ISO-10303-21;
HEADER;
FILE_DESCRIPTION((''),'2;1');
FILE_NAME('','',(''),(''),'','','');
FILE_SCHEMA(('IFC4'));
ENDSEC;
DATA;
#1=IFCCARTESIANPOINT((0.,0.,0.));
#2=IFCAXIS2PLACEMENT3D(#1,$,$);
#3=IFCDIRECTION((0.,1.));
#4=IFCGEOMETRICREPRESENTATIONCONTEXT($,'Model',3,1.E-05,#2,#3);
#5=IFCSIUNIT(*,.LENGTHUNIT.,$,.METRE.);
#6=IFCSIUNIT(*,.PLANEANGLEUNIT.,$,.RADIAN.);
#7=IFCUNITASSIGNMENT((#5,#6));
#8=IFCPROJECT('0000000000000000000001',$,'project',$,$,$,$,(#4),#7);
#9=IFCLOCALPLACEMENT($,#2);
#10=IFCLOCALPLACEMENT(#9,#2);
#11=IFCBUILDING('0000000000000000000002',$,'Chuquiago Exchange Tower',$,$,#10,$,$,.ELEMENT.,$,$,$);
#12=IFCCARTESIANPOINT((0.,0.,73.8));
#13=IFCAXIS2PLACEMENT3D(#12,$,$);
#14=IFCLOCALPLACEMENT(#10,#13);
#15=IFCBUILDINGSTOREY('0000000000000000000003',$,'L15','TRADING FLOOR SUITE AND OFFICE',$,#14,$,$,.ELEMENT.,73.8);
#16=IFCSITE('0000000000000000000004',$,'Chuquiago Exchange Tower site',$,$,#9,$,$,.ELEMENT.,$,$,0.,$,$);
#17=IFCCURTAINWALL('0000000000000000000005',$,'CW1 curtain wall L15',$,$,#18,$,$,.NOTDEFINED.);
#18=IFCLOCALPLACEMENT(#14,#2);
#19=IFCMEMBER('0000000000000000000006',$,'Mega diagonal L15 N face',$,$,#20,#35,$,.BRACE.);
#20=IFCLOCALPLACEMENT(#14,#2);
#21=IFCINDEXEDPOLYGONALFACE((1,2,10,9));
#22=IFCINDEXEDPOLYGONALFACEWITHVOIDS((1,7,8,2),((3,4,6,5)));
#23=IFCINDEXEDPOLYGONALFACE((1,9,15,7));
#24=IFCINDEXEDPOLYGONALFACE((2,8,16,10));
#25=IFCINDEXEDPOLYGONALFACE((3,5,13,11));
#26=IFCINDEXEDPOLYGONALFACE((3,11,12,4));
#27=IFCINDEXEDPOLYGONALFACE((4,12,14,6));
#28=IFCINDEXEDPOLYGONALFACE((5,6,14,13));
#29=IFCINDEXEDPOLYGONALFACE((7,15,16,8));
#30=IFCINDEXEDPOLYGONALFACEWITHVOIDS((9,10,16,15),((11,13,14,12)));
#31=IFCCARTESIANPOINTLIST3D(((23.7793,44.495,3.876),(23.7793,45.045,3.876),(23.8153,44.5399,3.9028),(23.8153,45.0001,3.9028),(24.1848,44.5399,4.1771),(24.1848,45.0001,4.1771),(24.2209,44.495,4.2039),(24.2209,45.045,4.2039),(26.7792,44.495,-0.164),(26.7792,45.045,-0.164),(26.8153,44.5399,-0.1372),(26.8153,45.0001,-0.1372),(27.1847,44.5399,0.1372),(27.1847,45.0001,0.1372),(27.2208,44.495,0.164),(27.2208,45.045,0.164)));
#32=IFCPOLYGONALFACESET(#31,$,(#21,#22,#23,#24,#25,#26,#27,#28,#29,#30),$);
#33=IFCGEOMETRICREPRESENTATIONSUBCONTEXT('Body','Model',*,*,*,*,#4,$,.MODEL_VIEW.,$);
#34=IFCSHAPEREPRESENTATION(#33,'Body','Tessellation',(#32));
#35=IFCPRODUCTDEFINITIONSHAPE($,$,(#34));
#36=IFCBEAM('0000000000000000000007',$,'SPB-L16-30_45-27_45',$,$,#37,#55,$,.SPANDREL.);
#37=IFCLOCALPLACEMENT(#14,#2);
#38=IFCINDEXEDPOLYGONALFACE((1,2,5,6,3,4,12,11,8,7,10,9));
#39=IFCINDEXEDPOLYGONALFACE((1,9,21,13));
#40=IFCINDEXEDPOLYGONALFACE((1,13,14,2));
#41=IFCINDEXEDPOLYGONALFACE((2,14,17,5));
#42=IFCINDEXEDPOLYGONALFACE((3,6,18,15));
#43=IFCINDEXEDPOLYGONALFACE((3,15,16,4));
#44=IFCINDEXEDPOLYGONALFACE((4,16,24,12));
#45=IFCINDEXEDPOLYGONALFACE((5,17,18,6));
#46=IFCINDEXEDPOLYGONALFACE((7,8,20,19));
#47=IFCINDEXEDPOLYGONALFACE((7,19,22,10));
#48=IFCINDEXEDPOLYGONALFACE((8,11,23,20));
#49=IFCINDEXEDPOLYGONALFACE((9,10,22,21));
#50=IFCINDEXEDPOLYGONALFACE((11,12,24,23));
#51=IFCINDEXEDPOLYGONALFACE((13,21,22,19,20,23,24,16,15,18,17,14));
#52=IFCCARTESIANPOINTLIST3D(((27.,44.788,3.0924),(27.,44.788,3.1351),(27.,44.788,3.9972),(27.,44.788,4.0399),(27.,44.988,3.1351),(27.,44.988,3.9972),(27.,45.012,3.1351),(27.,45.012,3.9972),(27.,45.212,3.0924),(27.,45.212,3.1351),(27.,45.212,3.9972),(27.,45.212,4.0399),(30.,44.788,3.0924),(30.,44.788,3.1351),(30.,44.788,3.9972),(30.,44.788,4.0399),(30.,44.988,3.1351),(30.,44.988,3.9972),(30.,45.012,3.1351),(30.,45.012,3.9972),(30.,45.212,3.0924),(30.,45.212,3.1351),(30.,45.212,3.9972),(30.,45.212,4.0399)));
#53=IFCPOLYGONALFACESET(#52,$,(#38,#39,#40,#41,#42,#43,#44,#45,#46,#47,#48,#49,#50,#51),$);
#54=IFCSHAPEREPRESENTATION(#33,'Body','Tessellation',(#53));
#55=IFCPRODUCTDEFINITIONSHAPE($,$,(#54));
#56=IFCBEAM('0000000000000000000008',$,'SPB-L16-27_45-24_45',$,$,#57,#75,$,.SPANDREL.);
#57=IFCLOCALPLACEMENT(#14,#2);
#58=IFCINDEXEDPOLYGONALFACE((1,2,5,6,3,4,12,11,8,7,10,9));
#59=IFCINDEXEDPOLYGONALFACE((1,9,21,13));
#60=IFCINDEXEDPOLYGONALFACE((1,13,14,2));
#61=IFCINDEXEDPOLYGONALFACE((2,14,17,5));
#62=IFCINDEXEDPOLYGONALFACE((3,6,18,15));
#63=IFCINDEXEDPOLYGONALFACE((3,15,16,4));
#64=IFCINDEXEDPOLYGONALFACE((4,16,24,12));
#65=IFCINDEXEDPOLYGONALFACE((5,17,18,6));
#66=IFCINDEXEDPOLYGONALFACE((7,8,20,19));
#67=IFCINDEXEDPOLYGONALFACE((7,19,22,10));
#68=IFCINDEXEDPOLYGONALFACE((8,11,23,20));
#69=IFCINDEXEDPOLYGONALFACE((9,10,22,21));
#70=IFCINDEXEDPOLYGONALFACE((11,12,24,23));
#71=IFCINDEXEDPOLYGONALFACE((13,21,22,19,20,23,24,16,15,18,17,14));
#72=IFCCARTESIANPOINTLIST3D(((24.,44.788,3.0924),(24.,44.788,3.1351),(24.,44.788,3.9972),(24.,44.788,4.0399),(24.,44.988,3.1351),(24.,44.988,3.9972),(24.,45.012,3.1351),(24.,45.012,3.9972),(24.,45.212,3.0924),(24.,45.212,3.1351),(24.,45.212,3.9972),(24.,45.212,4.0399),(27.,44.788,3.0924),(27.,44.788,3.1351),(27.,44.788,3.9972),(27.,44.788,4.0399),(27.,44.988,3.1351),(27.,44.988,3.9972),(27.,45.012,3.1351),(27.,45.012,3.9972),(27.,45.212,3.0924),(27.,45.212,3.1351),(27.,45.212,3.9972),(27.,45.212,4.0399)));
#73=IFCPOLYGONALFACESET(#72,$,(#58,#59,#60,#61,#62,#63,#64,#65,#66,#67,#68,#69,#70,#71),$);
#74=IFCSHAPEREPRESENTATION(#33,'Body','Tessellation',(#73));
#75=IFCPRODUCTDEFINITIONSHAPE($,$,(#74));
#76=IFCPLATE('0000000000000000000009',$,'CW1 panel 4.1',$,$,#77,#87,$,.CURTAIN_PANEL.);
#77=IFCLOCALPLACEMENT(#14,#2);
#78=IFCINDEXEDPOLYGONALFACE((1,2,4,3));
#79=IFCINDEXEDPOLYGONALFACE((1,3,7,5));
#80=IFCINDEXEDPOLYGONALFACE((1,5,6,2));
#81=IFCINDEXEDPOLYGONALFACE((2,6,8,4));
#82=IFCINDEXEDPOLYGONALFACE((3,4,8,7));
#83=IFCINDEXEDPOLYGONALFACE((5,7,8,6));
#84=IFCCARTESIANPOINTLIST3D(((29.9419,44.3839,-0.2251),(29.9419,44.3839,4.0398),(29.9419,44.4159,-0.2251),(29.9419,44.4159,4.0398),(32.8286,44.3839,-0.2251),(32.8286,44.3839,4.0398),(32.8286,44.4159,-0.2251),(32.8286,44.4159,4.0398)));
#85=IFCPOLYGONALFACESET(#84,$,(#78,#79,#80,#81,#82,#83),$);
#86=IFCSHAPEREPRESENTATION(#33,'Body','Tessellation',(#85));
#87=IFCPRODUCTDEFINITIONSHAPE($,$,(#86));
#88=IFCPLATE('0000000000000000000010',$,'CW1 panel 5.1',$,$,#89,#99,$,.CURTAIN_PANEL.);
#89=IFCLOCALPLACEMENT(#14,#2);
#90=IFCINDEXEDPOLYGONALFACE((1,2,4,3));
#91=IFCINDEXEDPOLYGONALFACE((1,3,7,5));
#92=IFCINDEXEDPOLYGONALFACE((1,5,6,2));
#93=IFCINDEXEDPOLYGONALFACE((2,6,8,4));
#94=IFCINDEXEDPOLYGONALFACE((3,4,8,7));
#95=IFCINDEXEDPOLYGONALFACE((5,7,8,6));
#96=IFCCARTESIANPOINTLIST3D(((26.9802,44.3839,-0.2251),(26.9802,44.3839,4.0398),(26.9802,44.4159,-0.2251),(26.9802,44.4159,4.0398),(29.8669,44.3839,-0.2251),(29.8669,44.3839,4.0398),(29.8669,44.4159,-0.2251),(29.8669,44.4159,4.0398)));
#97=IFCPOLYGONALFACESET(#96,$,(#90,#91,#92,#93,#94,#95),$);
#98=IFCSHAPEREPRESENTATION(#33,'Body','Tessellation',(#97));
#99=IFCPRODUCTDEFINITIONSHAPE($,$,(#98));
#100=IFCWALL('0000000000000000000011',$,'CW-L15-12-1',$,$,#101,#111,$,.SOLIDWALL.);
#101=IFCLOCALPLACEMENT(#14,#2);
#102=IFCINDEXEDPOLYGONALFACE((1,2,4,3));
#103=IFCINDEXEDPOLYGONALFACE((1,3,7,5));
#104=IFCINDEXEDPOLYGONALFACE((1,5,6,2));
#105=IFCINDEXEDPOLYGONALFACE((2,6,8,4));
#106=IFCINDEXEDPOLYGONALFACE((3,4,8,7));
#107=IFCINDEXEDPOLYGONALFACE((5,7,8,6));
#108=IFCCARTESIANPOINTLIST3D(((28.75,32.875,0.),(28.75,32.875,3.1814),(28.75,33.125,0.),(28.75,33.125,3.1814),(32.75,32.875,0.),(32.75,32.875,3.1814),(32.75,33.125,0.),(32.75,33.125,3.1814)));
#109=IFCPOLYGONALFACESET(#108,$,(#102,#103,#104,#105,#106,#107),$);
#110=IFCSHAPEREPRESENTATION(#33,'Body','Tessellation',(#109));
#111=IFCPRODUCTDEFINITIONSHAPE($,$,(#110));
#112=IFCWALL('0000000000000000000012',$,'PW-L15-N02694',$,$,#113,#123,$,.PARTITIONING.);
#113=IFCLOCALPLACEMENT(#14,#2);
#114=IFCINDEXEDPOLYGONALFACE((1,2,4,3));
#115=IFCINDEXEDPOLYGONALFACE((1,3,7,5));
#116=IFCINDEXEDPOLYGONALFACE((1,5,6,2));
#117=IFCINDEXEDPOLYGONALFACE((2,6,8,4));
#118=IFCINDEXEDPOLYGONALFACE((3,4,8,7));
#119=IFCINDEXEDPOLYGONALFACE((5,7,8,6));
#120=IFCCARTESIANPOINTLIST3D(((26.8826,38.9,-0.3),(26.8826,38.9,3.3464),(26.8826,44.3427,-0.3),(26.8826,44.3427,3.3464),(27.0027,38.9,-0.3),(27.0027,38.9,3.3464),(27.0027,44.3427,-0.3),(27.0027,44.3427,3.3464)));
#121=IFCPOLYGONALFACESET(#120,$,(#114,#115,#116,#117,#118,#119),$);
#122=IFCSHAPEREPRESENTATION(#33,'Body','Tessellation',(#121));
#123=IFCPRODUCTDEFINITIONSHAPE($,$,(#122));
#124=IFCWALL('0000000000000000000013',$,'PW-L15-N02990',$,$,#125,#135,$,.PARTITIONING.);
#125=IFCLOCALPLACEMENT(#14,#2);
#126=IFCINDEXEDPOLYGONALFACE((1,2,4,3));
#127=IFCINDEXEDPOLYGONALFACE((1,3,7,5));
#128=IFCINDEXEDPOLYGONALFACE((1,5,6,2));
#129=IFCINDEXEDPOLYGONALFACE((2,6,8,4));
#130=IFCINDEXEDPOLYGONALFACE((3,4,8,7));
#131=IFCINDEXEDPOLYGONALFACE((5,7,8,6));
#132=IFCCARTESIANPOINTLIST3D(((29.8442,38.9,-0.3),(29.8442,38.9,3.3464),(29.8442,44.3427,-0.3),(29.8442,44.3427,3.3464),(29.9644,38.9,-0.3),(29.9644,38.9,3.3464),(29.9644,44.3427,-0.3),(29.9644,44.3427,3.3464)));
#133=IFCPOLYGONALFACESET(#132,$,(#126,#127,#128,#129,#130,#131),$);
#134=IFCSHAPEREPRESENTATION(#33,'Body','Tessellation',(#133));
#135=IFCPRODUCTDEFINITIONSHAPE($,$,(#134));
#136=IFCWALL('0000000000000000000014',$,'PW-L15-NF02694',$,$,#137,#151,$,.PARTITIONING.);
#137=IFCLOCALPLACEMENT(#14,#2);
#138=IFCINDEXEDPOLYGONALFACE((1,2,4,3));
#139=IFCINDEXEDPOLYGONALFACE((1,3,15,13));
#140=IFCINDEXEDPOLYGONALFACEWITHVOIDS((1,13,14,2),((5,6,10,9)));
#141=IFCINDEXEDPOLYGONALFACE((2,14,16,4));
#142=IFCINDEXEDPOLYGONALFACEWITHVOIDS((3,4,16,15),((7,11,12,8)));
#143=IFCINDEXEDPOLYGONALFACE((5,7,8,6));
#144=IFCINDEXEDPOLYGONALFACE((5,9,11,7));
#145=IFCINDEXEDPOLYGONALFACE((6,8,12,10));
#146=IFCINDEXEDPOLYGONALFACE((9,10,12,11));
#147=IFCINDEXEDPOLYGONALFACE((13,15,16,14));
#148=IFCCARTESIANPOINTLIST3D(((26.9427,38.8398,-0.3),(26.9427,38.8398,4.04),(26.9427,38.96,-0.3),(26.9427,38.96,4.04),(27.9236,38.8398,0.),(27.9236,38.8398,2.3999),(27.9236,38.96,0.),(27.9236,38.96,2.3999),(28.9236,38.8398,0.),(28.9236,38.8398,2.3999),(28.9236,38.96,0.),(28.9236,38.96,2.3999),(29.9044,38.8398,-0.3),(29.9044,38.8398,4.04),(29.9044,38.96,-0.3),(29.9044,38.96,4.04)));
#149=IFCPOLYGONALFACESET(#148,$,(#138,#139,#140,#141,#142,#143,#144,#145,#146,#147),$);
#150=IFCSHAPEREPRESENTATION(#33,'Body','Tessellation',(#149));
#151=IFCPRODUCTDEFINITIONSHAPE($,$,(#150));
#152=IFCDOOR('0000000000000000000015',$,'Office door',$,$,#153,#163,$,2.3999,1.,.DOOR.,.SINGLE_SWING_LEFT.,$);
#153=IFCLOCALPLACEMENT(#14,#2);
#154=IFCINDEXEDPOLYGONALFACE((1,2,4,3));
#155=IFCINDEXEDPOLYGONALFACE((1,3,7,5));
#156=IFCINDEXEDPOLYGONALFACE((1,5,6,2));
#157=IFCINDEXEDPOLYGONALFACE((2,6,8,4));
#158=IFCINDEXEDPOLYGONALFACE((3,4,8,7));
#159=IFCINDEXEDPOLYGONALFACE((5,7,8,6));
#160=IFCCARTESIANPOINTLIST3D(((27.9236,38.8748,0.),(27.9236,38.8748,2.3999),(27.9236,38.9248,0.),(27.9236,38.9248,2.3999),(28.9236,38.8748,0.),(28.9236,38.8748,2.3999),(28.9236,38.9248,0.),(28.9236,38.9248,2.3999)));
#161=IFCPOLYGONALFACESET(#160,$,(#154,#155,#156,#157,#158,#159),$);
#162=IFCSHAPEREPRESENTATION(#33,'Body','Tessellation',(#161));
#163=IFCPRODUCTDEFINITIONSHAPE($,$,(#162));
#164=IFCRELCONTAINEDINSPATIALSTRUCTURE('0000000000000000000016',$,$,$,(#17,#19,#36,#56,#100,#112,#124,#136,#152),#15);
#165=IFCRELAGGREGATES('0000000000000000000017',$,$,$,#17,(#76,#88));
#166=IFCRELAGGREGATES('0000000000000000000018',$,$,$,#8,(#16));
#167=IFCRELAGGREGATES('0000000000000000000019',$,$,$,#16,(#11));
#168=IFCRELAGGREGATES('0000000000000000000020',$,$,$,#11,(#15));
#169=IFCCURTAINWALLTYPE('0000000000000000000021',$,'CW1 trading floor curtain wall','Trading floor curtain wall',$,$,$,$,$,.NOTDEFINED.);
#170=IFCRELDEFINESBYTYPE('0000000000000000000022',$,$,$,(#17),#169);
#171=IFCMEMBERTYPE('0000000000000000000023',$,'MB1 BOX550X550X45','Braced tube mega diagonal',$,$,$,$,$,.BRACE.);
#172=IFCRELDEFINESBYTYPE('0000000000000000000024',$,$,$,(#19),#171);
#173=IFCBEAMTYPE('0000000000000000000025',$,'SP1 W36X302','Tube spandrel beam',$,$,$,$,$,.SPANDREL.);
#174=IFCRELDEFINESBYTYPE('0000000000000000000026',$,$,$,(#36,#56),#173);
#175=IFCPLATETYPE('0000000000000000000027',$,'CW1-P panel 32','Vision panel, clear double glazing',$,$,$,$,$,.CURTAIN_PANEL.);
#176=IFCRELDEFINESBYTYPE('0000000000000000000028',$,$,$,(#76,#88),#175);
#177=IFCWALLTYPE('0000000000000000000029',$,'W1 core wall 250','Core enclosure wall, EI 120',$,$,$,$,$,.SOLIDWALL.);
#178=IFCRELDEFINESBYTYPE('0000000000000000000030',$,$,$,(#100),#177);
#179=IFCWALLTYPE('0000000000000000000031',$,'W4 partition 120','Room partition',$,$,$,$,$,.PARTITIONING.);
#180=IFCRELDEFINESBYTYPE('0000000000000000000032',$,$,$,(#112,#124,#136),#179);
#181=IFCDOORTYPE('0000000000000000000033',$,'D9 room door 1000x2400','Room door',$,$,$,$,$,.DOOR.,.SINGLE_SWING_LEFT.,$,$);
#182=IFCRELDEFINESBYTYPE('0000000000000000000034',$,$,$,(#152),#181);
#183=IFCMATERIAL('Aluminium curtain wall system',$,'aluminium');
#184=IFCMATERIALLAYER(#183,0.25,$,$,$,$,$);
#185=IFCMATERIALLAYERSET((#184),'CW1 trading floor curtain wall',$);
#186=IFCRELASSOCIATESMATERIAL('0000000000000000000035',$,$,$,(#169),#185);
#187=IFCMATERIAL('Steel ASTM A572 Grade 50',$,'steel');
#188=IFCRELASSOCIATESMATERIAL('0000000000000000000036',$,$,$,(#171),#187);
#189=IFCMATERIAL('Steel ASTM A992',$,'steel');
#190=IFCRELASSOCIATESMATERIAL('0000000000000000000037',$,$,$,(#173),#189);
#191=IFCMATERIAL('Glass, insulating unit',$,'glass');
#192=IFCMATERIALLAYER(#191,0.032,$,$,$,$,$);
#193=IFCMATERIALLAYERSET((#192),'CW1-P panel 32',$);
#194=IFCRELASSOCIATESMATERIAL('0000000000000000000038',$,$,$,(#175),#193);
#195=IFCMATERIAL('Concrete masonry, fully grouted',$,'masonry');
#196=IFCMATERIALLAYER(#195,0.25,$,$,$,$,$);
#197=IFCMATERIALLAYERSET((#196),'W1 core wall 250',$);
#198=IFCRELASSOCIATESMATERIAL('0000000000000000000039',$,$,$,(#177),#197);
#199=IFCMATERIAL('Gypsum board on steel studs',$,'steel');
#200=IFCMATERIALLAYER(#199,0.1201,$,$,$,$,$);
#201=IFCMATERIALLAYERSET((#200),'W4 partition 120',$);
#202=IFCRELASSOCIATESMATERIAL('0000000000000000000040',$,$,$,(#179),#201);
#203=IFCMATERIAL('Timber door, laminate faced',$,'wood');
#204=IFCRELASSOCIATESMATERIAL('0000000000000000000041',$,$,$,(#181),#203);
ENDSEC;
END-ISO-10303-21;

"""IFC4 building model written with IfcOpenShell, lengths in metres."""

from ifc_helpers import new_model, si_unit, direction, frame, frame_2d, origin, origin_2d, place, context, subcontext, project, spatial, rectangle, hollow_rectangle, i_section, extrude, material, layer, layer_set, material_profile, profile_set, type_object, element, fill, aggregate, save


model = new_model("IFC4")

# Units and contexts
model_context = context("Model", 3, precision=1e-05, world=origin(), true_north=direction((0.0, 1.0)))
body_context = subcontext(model_context, "Body", "Model", "MODEL_VIEW")
ifc_project = project(units=[si_unit("LENGTHUNIT", "METRE"), si_unit("PLANEANGLEUNIT", "RADIAN")], contexts=[model_context])

# Site, building, storey
site_placement = place(None, origin())
site = spatial("IfcSite", under=ifc_project, at=site_placement, Name="Chuquiago Exchange Tower site", CompositionType="ELEMENT", RefElevation=0.0)
building_placement = place(site_placement, origin())
building = spatial("IfcBuilding", under=site, at=building_placement, Name="Chuquiago Exchange Tower", CompositionType="ELEMENT")
storey_placement = place(building_placement, frame((0.0, 0.0, 73.8)))
storey = spatial("IfcBuildingStorey", under=building, at=storey_placement, Name="L15", Description="TRADING FLOOR SUITE AND OFFICE", CompositionType="ELEMENT", Elevation=73.8)

# Curtain wall
ifc_material_1 = material(Name="Aluminium curtain wall system", Category="aluminium")
ifc_layer_1 = layer(ifc_material_1, 0.25)
ifc_layer_set_1 = layer_set([ifc_layer_1], Name="CW1 trading floor curtain wall")
curtain_wall_type = type_object("IfcCurtainWallType", Name="CW1 trading floor curtain wall", Description="Trading floor curtain wall", PredefinedType="NOTDEFINED", material=ifc_layer_set_1)
curtain_wall_placement = place(storey_placement, origin())
curtain_wall = element("IfcCurtainWall", 1, at=curtain_wall_placement, inside=storey, type_object=curtain_wall_type, Name="CW1 curtain wall L15", PredefinedType="NOTDEFINED")

# Member
ifc_material_2 = material(Name="Steel ASTM A572 Grade 50", Category="steel")
ifc_material_profile_1 = material_profile(ifc_material_2, hollow_rectangle(XDim=0.55, YDim=0.55, WallThickness=0.0449, at=origin_2d()), Name="BOX550X550X45")
ifc_profile_set_1 = profile_set([ifc_material_profile_1], Name="Steel ASTM A572 Grade 50")
member_type_1 = type_object("IfcMemberType", Name="MB1 BOX550X550X45", Description="Braced tube mega diagonal", PredefinedType="BRACE", material=ifc_profile_set_1)
member_1_placement = place(storey_placement, frame((27.0, 44.77, 0.0), z_axis=(-0.596174, 0.0, 0.802855), x_axis=(0.0, -1.0, 0.0)))
element("IfcMember", 2, at=member_1_placement, inside=storey, type_object=member_type_1, Name="Mega diagonal L15 N face", PredefinedType="BRACE", context=body_context, shape_type="SweptSolid", body=[
    extrude(hollow_rectangle(XDim=0.55, YDim=0.55, WallThickness=0.0449, at=origin_2d()), origin(), (0.0, 0.0, 1.0), 5.032),
])

# Beams
ifc_material_3 = material(Name="Steel ASTM A992", Category="steel")
ifc_material_profile_2 = material_profile(ifc_material_3, i_section(OverallWidth=0.4241, OverallDepth=0.9475, WebThickness=0.0239, FlangeThickness=0.0427, at=origin_2d()), Name="W36X302")
ifc_profile_set_2 = profile_set([ifc_material_profile_2], Name="Steel ASTM A992")
beam_type_1 = type_object("IfcBeamType", Name="SP1 W36X302", Description="Tube spandrel beam", PredefinedType="SPANDREL", material=ifc_profile_set_2)
for number, where, z_axis, x_axis, name in (
    (3, (30.0, 45.0, 3.5662), (-1.0, 0.0, 0.0), (0.0, -1.0, 0.0), "SPB-L16-30_45-27_45"),
    (4, (27.0, 45.0, 3.5662), (-1.0, 0.0, 0.0), (0.0, -1.0, 0.0), "SPB-L16-27_45-24_45"),
):
    element("IfcBeam", number, at=place(storey_placement, frame(where, z_axis=z_axis, x_axis=x_axis)), inside=storey, type_object=beam_type_1, Name=name, PredefinedType="SPANDREL", context=body_context, shape_type="SweptSolid", body=[
        extrude(i_section(OverallWidth=0.4241, OverallDepth=0.9475, WebThickness=0.0239, FlangeThickness=0.0427, at=origin_2d()), origin(), (0.0, 0.0, 1.0), 3.0),
    ])

# Plates
ifc_material_4 = material(Name="Glass, insulating unit", Category="glass")
ifc_layer_2 = layer(ifc_material_4, 0.032)
ifc_layer_set_2 = layer_set([ifc_layer_2], Name="CW1-P panel 32")
plate_type = type_object("IfcPlateType", Name="CW1-P panel 32", Description="Vision panel, clear double glazing", PredefinedType="CURTAIN_PANEL", material=ifc_layer_set_2)
plate_1_placement = place(storey_placement, frame((31.3853, 44.3999, -0.2251), z_axis=(0.0, 0.0, 1.0), x_axis=(-1.0, 0.0, 0.0)))
plate_1 = element("IfcPlate", 5, at=plate_1_placement, type_object=plate_type, Name="CW1 panel 4.1", PredefinedType="CURTAIN_PANEL", context=body_context, shape_type="SweptSolid", body=[
    extrude(rectangle(XDim=2.8867, YDim=0.032, at=origin_2d()), origin(), (0.0, 0.0, 1.0), 4.2649),
])
plate_2_placement = place(storey_placement, frame((28.4236, 44.3999, -0.2251), z_axis=(0.0, 0.0, 1.0), x_axis=(-1.0, 0.0, 0.0)))
plate_2 = element("IfcPlate", 6, at=plate_2_placement, type_object=plate_type, Name="CW1 panel 5.1", PredefinedType="CURTAIN_PANEL", context=body_context, shape_type="SweptSolid", body=[
    extrude(rectangle(XDim=2.8867, YDim=0.032, at=origin_2d()), origin(), (0.0, 0.0, 1.0), 4.2649),
])
aggregate(curtain_wall, [plate_1, plate_2])

# Walls
ifc_material_5 = material(Name="Concrete masonry, fully grouted", Category="masonry")
ifc_layer_3 = layer(ifc_material_5, 0.25)
ifc_layer_set_3 = layer_set([ifc_layer_3], Name="W1 core wall 250")
wall_type_1 = type_object("IfcWallType", Name="W1 core wall 250", Description="Core enclosure wall, EI 120", PredefinedType="SOLIDWALL", material=ifc_layer_set_3)
wall_1_placement = place(storey_placement, frame((28.75, 33.0, 0.0), z_axis=(0.0, 0.0, 1.0), x_axis=(1.0, 0.0, 0.0)))
element("IfcWall", 7, at=wall_1_placement, inside=storey, type_object=wall_type_1, Name="CW-L15-12-1", PredefinedType="SOLIDWALL", context=body_context, shape_type="SweptSolid", body=[
    extrude(rectangle(XDim=4.0, YDim=0.25, at=frame_2d((2.0, 0.0))), origin(), (0.0, 0.0, 1.0), 3.1814),
])
ifc_material_6 = material(Name="Gypsum board on steel studs", Category="steel")
ifc_layer_4 = layer(ifc_material_6, 0.1201)
ifc_layer_set_4 = layer_set([ifc_layer_4], Name="W4 partition 120")
wall_type_2 = type_object("IfcWallType", Name="W4 partition 120", Description="Room partition", PredefinedType="PARTITIONING", material=ifc_layer_set_4)
for number, where, z_axis, x_axis, name in (
    (8, (26.9426, 44.3425, -0.3), (0.0, 0.0, 1.0), (0.0, -1.0, 0.0), "PW-L15-N02694"),
    (9, (29.9043, 44.3425, -0.3), (0.0, 0.0, 1.0), (0.0, -1.0, 0.0), "PW-L15-N02990"),
):
    element("IfcWall", number, at=place(storey_placement, frame(where, z_axis=z_axis, x_axis=x_axis)), inside=storey, type_object=wall_type_2, Name=name, PredefinedType="PARTITIONING", context=body_context, shape_type="SweptSolid", body=[
        extrude(rectangle(XDim=5.4426, YDim=0.1201, at=frame_2d((2.7212, 0.0))), origin(), (0.0, 0.0, 1.0), 3.6465),
    ])

# Wall, opening, door
wall_2_placement = place(storey_placement, frame((26.9426, 38.8999, -0.3), z_axis=(0.0, 0.0, 1.0), x_axis=(1.0, 0.0, 0.0)))
wall_2 = element("IfcWall", 10, at=wall_2_placement, inside=storey, type_object=wall_type_2, Name="PW-L15-NF02694", PredefinedType="PARTITIONING", context=body_context, shape_type="SweptSolid", body=[
    extrude(rectangle(XDim=2.9617, YDim=0.1201, at=frame_2d((1.481, 0.0))), origin(), (0.0, 0.0, 1.0), 4.3401),
])
opening_1_placement = place(wall_2_placement, frame((0.981, 0.0, 0.3)))
opening_1 = element("IfcOpeningElement", 11, at=opening_1_placement, cuts=wall_2, PredefinedType="OPENING", context=body_context, shape_type="SweptSolid", body=[
    extrude(rectangle(XDim=1.0, YDim=2.3999, at=frame_2d((0.5, 1.2))), frame((0.0, 0.0701, 0.0), z_axis=(0.0, -1.0, 0.0), x_axis=(1.0, 0.0, 0.0)), (0.0, 0.0, 1.0), 0.1401),
])
ifc_material_7 = material(Name="Timber door, laminate faced", Category="wood")
door_type_1 = type_object("IfcDoorType", Name="D9 room door 1000x2400", Description="Room door", OperationType="SINGLE_SWING_LEFT", PredefinedType="DOOR", material=ifc_material_7)
door_1_placement = place(opening_1_placement, origin())
door_1 = element("IfcDoor", 12, at=door_1_placement, inside=storey, type_object=door_type_1, Name="Office door", OperationType="SINGLE_SWING_LEFT", OverallHeight=2.3999, OverallWidth=1.0, PredefinedType="DOOR", context=body_context, shape_type="SweptSolid", body=[
    extrude(rectangle(XDim=1.0, YDim=2.3999, at=frame_2d((0.5, 1.2))), frame((0.0, 0.0249, 0.0), z_axis=(0.0, -1.0, 0.0), x_axis=(1.0, 0.0, 0.0)), (0.0, 0.0, 1.0), 0.05),
])
fill(opening_1, door_1)

save(model, "model.ifc")
